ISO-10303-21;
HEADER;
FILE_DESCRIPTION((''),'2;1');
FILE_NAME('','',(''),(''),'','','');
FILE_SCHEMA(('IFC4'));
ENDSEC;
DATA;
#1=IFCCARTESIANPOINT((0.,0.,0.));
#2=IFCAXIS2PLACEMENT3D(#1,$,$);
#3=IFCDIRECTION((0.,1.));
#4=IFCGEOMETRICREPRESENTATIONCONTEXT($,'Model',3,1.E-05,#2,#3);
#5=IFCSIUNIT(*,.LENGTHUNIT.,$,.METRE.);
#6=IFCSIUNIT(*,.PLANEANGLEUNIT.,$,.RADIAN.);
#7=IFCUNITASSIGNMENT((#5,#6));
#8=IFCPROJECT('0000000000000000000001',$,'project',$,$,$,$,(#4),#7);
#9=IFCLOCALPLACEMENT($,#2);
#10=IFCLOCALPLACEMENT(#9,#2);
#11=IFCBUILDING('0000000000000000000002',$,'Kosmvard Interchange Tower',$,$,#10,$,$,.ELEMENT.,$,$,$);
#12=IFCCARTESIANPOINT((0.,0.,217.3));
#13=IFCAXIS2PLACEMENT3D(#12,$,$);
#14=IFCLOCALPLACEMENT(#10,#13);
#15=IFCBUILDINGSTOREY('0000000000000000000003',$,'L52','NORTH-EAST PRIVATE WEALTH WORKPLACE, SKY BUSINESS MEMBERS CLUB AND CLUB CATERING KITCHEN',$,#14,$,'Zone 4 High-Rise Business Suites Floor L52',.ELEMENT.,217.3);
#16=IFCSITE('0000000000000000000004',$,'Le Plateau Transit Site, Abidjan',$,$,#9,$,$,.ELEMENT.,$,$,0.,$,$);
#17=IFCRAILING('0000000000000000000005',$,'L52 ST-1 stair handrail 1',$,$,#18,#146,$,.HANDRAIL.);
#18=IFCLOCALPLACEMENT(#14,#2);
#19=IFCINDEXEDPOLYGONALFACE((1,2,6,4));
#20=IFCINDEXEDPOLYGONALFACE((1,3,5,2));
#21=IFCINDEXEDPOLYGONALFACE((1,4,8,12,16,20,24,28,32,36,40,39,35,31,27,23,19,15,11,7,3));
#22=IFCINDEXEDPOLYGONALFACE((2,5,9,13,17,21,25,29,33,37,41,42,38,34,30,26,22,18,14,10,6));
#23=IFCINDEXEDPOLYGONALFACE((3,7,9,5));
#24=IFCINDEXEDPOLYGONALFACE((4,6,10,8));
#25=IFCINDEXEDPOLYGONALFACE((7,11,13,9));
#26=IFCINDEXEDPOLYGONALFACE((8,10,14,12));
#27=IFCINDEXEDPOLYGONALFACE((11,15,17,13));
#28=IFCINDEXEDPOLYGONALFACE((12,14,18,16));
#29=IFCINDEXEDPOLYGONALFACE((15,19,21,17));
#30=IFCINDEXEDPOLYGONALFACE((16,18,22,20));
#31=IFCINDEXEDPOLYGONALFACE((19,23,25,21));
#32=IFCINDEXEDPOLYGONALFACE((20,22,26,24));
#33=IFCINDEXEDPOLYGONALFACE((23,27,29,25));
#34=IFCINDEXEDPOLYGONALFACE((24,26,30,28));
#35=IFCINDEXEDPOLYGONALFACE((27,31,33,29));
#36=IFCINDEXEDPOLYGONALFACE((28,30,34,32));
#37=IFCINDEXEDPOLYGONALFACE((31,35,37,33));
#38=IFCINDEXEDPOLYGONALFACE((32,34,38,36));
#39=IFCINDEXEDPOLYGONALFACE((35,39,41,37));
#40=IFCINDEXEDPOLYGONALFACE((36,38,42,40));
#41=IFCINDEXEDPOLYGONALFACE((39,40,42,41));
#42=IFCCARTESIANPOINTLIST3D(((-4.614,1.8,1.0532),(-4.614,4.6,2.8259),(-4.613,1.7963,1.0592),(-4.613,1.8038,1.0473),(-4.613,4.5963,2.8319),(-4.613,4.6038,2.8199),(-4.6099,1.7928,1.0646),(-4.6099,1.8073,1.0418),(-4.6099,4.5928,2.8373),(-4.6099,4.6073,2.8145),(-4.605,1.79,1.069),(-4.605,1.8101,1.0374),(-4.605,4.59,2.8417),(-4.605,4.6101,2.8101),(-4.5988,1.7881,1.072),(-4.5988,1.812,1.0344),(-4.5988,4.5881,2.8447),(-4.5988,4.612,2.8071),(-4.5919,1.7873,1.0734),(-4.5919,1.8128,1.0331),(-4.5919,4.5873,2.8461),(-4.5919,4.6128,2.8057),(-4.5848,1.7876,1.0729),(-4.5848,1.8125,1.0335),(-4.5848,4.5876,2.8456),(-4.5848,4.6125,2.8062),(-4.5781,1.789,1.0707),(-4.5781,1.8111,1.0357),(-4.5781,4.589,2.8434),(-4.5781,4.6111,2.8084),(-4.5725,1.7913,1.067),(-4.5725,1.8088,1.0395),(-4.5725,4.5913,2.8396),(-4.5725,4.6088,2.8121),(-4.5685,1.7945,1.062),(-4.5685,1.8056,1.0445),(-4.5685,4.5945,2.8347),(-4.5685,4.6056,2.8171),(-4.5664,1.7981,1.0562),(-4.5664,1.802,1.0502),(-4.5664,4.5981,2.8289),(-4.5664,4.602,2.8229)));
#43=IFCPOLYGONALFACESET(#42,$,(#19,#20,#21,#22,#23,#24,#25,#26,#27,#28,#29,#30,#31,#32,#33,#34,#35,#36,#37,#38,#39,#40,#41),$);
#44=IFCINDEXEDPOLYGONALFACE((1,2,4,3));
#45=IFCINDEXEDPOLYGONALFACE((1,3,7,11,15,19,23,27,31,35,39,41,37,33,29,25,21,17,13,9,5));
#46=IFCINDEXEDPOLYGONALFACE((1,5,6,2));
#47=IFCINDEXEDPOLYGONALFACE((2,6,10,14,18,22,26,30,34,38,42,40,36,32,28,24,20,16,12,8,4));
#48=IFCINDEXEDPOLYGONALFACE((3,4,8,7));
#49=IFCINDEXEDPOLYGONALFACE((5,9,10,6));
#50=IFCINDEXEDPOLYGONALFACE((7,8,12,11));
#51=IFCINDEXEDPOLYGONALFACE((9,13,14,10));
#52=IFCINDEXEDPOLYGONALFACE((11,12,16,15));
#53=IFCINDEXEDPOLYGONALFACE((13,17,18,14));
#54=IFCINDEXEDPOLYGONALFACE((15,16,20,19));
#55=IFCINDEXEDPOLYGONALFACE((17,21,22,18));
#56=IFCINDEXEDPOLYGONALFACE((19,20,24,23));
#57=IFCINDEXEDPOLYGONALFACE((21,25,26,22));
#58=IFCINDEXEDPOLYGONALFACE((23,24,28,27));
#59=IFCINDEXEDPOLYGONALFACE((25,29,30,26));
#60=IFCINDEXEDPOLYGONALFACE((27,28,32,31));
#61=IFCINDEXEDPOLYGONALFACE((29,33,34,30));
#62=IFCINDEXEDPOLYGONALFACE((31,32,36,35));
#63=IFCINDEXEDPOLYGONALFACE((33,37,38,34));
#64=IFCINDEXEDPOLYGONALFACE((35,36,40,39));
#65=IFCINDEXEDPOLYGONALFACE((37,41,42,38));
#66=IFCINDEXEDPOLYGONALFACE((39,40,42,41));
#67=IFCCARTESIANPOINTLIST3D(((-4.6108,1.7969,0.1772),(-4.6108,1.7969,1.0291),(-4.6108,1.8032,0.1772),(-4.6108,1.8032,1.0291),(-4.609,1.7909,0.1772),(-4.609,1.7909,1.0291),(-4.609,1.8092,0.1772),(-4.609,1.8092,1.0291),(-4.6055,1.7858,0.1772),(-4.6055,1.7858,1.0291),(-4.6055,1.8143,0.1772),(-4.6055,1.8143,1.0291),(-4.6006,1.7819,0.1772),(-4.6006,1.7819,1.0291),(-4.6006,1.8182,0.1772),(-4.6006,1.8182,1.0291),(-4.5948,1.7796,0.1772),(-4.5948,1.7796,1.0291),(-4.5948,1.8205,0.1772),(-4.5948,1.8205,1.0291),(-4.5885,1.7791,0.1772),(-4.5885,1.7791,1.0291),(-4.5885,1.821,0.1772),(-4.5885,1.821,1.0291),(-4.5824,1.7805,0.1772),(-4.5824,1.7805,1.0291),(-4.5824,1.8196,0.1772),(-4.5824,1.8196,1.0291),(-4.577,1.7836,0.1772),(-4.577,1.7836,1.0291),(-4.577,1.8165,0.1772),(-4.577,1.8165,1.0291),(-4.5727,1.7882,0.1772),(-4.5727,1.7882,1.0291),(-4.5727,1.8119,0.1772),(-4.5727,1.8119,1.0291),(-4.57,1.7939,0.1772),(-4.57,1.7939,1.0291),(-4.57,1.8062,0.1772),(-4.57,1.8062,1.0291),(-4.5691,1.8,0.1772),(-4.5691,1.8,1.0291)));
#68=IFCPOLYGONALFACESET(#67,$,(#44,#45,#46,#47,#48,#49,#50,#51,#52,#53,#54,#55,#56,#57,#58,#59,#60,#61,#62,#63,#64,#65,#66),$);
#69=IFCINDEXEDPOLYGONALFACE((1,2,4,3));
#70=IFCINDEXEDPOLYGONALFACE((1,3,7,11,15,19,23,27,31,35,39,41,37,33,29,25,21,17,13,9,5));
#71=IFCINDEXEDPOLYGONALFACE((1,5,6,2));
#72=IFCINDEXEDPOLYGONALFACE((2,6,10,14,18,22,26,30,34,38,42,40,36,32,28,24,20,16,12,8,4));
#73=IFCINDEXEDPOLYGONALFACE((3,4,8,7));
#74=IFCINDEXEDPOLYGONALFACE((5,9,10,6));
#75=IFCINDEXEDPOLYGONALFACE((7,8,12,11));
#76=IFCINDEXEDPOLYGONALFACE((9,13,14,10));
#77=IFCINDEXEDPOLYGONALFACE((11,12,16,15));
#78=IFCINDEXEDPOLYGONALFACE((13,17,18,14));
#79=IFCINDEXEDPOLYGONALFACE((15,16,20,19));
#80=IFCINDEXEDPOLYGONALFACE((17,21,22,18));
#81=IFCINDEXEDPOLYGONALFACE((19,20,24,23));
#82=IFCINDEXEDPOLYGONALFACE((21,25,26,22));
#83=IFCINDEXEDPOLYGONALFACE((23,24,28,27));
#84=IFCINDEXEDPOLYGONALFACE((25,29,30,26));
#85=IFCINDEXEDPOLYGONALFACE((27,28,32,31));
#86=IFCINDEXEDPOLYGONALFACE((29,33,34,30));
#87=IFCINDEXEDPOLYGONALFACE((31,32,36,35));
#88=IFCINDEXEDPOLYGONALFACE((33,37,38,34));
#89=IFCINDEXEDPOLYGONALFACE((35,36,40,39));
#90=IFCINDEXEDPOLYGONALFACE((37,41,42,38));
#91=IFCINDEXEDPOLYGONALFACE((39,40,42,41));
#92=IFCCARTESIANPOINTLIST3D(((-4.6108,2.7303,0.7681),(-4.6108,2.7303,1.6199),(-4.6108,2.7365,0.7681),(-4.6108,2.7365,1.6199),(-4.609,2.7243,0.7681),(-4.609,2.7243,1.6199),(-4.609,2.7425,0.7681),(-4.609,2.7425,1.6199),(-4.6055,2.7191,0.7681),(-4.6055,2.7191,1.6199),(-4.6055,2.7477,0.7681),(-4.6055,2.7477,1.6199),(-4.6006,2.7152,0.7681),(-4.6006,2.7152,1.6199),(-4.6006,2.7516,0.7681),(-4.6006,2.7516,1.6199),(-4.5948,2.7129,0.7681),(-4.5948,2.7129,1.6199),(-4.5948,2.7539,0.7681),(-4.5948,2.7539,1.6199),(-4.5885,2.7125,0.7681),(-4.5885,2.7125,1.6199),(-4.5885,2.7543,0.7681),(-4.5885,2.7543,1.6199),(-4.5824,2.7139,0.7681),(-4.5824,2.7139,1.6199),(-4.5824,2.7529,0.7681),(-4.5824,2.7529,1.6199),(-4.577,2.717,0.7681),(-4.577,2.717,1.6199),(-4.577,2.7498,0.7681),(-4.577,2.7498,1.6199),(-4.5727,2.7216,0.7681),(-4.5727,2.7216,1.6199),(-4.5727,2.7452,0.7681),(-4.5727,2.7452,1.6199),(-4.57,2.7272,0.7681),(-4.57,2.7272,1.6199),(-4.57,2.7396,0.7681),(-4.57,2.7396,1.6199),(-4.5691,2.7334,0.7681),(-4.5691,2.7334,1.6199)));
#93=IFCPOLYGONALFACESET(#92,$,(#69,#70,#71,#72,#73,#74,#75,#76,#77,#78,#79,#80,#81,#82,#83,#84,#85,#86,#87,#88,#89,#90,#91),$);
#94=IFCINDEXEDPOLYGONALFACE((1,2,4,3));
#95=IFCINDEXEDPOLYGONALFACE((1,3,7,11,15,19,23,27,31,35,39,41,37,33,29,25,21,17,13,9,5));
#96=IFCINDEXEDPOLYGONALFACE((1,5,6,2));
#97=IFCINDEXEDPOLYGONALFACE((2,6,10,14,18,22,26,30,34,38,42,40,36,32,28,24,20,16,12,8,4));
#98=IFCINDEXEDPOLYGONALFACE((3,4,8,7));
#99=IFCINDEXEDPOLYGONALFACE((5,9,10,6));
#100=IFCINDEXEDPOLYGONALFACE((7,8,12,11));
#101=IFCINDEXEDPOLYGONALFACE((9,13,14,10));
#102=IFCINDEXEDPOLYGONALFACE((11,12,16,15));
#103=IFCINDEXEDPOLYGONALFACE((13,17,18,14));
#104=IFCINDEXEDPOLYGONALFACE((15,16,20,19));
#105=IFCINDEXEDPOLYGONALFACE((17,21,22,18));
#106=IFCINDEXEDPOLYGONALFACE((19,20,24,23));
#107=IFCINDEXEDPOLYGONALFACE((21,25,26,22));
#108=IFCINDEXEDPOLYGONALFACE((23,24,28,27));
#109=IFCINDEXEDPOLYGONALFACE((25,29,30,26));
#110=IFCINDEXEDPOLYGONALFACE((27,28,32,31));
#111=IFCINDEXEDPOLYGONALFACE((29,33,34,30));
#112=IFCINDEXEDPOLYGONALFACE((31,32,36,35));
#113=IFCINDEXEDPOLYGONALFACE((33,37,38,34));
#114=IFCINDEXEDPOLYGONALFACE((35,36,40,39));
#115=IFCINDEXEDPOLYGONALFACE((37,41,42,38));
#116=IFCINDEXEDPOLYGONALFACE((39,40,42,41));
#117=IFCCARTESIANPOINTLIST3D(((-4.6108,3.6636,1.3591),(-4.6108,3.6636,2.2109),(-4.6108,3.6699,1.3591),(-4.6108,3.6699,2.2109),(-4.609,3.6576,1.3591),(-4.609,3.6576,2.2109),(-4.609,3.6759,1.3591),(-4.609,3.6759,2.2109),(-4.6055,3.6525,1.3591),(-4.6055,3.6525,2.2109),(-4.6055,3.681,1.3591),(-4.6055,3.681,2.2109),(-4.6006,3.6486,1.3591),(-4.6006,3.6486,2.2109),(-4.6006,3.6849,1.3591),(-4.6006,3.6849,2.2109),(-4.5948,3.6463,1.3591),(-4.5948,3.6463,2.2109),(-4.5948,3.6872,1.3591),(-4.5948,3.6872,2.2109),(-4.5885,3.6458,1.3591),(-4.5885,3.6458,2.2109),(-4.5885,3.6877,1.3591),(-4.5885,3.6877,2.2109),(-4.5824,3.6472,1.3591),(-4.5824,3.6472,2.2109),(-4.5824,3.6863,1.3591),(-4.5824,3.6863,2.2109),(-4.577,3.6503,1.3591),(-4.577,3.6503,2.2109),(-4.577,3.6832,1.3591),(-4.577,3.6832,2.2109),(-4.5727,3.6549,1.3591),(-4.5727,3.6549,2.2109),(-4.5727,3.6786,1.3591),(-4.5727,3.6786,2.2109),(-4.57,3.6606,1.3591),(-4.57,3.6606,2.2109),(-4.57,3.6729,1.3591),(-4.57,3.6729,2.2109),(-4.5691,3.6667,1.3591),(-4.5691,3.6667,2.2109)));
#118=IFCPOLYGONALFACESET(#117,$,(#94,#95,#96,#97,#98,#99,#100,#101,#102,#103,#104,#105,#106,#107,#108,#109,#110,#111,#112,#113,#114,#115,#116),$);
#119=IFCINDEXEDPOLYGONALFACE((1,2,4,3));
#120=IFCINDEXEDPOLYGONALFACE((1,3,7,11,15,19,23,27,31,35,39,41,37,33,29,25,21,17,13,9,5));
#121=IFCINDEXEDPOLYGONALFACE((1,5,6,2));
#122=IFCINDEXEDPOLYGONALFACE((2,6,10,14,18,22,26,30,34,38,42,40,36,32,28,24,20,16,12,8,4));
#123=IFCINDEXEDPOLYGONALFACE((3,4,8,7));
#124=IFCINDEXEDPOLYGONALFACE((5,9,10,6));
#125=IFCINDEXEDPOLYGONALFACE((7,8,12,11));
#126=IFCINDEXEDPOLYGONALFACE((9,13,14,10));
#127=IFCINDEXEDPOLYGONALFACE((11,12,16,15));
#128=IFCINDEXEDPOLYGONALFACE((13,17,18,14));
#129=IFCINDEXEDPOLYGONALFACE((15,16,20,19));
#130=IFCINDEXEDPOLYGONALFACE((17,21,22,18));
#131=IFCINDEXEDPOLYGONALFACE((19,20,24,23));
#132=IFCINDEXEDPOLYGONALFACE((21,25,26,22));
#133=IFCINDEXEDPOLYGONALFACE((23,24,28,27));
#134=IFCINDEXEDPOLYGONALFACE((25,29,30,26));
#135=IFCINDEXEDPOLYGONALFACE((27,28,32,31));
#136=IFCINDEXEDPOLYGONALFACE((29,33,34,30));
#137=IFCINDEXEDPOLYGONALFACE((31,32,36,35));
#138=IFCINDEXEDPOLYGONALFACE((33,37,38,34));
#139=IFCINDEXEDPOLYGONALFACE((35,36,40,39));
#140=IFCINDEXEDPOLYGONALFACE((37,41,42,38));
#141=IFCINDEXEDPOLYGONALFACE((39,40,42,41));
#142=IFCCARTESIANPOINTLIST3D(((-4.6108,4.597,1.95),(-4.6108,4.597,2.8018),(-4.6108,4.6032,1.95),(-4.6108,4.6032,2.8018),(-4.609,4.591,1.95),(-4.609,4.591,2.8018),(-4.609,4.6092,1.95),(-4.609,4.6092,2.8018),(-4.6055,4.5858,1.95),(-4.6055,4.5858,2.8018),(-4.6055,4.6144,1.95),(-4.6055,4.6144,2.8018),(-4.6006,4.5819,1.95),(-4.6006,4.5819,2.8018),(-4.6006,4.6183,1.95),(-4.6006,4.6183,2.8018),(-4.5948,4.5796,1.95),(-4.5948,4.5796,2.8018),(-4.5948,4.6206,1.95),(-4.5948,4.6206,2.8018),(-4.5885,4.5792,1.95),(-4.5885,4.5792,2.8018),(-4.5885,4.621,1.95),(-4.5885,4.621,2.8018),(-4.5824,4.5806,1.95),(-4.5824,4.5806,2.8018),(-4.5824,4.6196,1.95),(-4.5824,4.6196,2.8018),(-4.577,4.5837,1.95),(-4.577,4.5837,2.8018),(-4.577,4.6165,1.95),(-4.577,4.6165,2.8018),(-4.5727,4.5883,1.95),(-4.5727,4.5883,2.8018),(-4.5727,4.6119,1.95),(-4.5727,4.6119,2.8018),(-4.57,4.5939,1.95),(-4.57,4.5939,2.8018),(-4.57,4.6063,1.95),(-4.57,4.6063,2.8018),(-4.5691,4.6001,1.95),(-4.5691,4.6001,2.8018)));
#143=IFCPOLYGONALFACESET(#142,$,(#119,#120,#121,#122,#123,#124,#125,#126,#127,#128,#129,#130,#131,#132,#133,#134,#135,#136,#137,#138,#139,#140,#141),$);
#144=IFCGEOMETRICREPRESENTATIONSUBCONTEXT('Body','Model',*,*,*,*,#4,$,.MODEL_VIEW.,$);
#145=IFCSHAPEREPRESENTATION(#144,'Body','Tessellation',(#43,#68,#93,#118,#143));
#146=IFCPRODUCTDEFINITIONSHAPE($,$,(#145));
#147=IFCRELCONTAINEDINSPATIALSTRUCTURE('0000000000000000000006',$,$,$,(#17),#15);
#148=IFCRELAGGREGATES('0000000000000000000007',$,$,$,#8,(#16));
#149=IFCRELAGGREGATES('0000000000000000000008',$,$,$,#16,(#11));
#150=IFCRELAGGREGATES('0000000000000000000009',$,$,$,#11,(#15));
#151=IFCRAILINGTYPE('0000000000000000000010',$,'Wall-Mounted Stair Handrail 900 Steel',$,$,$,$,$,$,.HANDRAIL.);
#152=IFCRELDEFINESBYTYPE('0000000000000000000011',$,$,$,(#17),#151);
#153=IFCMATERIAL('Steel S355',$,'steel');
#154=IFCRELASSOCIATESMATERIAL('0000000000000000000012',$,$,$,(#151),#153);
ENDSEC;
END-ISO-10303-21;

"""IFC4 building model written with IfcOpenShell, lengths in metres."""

from ifc_helpers import new_model, si_unit, direction, frame, origin, origin_2d, place, context, subcontext, project, spatial, circle, extrude, source, transform, mapped, material, type_object, element, save


model = new_model("IFC4")

# Units and contexts
model_context = context("Model", 3, precision=1e-05, world=origin(), true_north=direction((0.0, 1.0)))
body_context = subcontext(model_context, "Body", "Model", "MODEL_VIEW")
ifc_project = project(units=[si_unit("LENGTHUNIT", "METRE"), si_unit("PLANEANGLEUNIT", "RADIAN")], contexts=[model_context])

# Site, building, storey
site_placement = place(None, origin())
site = spatial("IfcSite", under=ifc_project, at=site_placement, Name="Le Plateau Transit Site, Abidjan", CompositionType="ELEMENT", RefElevation=0.0)
building_placement = place(site_placement, origin())
building = spatial("IfcBuilding", under=site, at=building_placement, Name="Kosmvard Interchange Tower", CompositionType="ELEMENT")
storey_placement = place(building_placement, frame((0.0, 0.0, 217.3)))
storey = spatial("IfcBuildingStorey", under=building, at=storey_placement, Name="L52", Description="NORTH-EAST PRIVATE WEALTH WORKPLACE, SKY BUSINESS MEMBERS CLUB AND CLUB CATERING KITCHEN", LongName="Zone 4 High-Rise Business Suites Floor L52", CompositionType="ELEMENT", Elevation=217.3)

# Railing
ifc_material_1 = material(Name="Steel S355", Category="steel")
railing_type_1 = type_object("IfcRailingType", Name="Wall-Mounted Stair Handrail 900 Steel", PredefinedType="HANDRAIL", material=ifc_material_1)
shared_shape_1 = source(origin(), body_context, "Body", "SweptSolid", [
    extrude(circle(Radius=0.0239, at=origin_2d()), frame((0.0, 0.0, 0.876), z_axis=(0.0, 0.844909, 0.53491), x_axis=(-1.0, 0.0, 0.0)), (0.0, 0.0, 1.0), 3.314),
    extrude(circle(Radius=0.021, at=origin_2d()), origin(), (0.0, 0.0, 1.0), 0.8518),
    extrude(circle(Radius=0.021, at=origin_2d()), frame((0.0, 0.9333, 0.5908)), (0.0, 0.0, 1.0), 0.8518),
    extrude(circle(Radius=0.021, at=origin_2d()), frame((0.0, 1.8667, 1.1819)), (0.0, 0.0, 1.0), 0.8518),
    extrude(circle(Radius=0.021, at=origin_2d()), frame((0.0, 2.8, 1.7727)), (0.0, 0.0, 1.0), 0.8518),
])
railing_1_placement = place(storey_placement, frame((-4.5901, 1.8, 0.1772)))
element("IfcRailing", 1, at=railing_1_placement, inside=storey, type_object=railing_type_1, Name="L52 ST-1 stair handrail 1", PredefinedType="HANDRAIL", context=body_context, shape_type="MappedRepresentation", body=[
    mapped(shared_shape_1, transform((0.0, 0.0, 0.0), scale=1.0)),
])

save(model, "model.ifc")
